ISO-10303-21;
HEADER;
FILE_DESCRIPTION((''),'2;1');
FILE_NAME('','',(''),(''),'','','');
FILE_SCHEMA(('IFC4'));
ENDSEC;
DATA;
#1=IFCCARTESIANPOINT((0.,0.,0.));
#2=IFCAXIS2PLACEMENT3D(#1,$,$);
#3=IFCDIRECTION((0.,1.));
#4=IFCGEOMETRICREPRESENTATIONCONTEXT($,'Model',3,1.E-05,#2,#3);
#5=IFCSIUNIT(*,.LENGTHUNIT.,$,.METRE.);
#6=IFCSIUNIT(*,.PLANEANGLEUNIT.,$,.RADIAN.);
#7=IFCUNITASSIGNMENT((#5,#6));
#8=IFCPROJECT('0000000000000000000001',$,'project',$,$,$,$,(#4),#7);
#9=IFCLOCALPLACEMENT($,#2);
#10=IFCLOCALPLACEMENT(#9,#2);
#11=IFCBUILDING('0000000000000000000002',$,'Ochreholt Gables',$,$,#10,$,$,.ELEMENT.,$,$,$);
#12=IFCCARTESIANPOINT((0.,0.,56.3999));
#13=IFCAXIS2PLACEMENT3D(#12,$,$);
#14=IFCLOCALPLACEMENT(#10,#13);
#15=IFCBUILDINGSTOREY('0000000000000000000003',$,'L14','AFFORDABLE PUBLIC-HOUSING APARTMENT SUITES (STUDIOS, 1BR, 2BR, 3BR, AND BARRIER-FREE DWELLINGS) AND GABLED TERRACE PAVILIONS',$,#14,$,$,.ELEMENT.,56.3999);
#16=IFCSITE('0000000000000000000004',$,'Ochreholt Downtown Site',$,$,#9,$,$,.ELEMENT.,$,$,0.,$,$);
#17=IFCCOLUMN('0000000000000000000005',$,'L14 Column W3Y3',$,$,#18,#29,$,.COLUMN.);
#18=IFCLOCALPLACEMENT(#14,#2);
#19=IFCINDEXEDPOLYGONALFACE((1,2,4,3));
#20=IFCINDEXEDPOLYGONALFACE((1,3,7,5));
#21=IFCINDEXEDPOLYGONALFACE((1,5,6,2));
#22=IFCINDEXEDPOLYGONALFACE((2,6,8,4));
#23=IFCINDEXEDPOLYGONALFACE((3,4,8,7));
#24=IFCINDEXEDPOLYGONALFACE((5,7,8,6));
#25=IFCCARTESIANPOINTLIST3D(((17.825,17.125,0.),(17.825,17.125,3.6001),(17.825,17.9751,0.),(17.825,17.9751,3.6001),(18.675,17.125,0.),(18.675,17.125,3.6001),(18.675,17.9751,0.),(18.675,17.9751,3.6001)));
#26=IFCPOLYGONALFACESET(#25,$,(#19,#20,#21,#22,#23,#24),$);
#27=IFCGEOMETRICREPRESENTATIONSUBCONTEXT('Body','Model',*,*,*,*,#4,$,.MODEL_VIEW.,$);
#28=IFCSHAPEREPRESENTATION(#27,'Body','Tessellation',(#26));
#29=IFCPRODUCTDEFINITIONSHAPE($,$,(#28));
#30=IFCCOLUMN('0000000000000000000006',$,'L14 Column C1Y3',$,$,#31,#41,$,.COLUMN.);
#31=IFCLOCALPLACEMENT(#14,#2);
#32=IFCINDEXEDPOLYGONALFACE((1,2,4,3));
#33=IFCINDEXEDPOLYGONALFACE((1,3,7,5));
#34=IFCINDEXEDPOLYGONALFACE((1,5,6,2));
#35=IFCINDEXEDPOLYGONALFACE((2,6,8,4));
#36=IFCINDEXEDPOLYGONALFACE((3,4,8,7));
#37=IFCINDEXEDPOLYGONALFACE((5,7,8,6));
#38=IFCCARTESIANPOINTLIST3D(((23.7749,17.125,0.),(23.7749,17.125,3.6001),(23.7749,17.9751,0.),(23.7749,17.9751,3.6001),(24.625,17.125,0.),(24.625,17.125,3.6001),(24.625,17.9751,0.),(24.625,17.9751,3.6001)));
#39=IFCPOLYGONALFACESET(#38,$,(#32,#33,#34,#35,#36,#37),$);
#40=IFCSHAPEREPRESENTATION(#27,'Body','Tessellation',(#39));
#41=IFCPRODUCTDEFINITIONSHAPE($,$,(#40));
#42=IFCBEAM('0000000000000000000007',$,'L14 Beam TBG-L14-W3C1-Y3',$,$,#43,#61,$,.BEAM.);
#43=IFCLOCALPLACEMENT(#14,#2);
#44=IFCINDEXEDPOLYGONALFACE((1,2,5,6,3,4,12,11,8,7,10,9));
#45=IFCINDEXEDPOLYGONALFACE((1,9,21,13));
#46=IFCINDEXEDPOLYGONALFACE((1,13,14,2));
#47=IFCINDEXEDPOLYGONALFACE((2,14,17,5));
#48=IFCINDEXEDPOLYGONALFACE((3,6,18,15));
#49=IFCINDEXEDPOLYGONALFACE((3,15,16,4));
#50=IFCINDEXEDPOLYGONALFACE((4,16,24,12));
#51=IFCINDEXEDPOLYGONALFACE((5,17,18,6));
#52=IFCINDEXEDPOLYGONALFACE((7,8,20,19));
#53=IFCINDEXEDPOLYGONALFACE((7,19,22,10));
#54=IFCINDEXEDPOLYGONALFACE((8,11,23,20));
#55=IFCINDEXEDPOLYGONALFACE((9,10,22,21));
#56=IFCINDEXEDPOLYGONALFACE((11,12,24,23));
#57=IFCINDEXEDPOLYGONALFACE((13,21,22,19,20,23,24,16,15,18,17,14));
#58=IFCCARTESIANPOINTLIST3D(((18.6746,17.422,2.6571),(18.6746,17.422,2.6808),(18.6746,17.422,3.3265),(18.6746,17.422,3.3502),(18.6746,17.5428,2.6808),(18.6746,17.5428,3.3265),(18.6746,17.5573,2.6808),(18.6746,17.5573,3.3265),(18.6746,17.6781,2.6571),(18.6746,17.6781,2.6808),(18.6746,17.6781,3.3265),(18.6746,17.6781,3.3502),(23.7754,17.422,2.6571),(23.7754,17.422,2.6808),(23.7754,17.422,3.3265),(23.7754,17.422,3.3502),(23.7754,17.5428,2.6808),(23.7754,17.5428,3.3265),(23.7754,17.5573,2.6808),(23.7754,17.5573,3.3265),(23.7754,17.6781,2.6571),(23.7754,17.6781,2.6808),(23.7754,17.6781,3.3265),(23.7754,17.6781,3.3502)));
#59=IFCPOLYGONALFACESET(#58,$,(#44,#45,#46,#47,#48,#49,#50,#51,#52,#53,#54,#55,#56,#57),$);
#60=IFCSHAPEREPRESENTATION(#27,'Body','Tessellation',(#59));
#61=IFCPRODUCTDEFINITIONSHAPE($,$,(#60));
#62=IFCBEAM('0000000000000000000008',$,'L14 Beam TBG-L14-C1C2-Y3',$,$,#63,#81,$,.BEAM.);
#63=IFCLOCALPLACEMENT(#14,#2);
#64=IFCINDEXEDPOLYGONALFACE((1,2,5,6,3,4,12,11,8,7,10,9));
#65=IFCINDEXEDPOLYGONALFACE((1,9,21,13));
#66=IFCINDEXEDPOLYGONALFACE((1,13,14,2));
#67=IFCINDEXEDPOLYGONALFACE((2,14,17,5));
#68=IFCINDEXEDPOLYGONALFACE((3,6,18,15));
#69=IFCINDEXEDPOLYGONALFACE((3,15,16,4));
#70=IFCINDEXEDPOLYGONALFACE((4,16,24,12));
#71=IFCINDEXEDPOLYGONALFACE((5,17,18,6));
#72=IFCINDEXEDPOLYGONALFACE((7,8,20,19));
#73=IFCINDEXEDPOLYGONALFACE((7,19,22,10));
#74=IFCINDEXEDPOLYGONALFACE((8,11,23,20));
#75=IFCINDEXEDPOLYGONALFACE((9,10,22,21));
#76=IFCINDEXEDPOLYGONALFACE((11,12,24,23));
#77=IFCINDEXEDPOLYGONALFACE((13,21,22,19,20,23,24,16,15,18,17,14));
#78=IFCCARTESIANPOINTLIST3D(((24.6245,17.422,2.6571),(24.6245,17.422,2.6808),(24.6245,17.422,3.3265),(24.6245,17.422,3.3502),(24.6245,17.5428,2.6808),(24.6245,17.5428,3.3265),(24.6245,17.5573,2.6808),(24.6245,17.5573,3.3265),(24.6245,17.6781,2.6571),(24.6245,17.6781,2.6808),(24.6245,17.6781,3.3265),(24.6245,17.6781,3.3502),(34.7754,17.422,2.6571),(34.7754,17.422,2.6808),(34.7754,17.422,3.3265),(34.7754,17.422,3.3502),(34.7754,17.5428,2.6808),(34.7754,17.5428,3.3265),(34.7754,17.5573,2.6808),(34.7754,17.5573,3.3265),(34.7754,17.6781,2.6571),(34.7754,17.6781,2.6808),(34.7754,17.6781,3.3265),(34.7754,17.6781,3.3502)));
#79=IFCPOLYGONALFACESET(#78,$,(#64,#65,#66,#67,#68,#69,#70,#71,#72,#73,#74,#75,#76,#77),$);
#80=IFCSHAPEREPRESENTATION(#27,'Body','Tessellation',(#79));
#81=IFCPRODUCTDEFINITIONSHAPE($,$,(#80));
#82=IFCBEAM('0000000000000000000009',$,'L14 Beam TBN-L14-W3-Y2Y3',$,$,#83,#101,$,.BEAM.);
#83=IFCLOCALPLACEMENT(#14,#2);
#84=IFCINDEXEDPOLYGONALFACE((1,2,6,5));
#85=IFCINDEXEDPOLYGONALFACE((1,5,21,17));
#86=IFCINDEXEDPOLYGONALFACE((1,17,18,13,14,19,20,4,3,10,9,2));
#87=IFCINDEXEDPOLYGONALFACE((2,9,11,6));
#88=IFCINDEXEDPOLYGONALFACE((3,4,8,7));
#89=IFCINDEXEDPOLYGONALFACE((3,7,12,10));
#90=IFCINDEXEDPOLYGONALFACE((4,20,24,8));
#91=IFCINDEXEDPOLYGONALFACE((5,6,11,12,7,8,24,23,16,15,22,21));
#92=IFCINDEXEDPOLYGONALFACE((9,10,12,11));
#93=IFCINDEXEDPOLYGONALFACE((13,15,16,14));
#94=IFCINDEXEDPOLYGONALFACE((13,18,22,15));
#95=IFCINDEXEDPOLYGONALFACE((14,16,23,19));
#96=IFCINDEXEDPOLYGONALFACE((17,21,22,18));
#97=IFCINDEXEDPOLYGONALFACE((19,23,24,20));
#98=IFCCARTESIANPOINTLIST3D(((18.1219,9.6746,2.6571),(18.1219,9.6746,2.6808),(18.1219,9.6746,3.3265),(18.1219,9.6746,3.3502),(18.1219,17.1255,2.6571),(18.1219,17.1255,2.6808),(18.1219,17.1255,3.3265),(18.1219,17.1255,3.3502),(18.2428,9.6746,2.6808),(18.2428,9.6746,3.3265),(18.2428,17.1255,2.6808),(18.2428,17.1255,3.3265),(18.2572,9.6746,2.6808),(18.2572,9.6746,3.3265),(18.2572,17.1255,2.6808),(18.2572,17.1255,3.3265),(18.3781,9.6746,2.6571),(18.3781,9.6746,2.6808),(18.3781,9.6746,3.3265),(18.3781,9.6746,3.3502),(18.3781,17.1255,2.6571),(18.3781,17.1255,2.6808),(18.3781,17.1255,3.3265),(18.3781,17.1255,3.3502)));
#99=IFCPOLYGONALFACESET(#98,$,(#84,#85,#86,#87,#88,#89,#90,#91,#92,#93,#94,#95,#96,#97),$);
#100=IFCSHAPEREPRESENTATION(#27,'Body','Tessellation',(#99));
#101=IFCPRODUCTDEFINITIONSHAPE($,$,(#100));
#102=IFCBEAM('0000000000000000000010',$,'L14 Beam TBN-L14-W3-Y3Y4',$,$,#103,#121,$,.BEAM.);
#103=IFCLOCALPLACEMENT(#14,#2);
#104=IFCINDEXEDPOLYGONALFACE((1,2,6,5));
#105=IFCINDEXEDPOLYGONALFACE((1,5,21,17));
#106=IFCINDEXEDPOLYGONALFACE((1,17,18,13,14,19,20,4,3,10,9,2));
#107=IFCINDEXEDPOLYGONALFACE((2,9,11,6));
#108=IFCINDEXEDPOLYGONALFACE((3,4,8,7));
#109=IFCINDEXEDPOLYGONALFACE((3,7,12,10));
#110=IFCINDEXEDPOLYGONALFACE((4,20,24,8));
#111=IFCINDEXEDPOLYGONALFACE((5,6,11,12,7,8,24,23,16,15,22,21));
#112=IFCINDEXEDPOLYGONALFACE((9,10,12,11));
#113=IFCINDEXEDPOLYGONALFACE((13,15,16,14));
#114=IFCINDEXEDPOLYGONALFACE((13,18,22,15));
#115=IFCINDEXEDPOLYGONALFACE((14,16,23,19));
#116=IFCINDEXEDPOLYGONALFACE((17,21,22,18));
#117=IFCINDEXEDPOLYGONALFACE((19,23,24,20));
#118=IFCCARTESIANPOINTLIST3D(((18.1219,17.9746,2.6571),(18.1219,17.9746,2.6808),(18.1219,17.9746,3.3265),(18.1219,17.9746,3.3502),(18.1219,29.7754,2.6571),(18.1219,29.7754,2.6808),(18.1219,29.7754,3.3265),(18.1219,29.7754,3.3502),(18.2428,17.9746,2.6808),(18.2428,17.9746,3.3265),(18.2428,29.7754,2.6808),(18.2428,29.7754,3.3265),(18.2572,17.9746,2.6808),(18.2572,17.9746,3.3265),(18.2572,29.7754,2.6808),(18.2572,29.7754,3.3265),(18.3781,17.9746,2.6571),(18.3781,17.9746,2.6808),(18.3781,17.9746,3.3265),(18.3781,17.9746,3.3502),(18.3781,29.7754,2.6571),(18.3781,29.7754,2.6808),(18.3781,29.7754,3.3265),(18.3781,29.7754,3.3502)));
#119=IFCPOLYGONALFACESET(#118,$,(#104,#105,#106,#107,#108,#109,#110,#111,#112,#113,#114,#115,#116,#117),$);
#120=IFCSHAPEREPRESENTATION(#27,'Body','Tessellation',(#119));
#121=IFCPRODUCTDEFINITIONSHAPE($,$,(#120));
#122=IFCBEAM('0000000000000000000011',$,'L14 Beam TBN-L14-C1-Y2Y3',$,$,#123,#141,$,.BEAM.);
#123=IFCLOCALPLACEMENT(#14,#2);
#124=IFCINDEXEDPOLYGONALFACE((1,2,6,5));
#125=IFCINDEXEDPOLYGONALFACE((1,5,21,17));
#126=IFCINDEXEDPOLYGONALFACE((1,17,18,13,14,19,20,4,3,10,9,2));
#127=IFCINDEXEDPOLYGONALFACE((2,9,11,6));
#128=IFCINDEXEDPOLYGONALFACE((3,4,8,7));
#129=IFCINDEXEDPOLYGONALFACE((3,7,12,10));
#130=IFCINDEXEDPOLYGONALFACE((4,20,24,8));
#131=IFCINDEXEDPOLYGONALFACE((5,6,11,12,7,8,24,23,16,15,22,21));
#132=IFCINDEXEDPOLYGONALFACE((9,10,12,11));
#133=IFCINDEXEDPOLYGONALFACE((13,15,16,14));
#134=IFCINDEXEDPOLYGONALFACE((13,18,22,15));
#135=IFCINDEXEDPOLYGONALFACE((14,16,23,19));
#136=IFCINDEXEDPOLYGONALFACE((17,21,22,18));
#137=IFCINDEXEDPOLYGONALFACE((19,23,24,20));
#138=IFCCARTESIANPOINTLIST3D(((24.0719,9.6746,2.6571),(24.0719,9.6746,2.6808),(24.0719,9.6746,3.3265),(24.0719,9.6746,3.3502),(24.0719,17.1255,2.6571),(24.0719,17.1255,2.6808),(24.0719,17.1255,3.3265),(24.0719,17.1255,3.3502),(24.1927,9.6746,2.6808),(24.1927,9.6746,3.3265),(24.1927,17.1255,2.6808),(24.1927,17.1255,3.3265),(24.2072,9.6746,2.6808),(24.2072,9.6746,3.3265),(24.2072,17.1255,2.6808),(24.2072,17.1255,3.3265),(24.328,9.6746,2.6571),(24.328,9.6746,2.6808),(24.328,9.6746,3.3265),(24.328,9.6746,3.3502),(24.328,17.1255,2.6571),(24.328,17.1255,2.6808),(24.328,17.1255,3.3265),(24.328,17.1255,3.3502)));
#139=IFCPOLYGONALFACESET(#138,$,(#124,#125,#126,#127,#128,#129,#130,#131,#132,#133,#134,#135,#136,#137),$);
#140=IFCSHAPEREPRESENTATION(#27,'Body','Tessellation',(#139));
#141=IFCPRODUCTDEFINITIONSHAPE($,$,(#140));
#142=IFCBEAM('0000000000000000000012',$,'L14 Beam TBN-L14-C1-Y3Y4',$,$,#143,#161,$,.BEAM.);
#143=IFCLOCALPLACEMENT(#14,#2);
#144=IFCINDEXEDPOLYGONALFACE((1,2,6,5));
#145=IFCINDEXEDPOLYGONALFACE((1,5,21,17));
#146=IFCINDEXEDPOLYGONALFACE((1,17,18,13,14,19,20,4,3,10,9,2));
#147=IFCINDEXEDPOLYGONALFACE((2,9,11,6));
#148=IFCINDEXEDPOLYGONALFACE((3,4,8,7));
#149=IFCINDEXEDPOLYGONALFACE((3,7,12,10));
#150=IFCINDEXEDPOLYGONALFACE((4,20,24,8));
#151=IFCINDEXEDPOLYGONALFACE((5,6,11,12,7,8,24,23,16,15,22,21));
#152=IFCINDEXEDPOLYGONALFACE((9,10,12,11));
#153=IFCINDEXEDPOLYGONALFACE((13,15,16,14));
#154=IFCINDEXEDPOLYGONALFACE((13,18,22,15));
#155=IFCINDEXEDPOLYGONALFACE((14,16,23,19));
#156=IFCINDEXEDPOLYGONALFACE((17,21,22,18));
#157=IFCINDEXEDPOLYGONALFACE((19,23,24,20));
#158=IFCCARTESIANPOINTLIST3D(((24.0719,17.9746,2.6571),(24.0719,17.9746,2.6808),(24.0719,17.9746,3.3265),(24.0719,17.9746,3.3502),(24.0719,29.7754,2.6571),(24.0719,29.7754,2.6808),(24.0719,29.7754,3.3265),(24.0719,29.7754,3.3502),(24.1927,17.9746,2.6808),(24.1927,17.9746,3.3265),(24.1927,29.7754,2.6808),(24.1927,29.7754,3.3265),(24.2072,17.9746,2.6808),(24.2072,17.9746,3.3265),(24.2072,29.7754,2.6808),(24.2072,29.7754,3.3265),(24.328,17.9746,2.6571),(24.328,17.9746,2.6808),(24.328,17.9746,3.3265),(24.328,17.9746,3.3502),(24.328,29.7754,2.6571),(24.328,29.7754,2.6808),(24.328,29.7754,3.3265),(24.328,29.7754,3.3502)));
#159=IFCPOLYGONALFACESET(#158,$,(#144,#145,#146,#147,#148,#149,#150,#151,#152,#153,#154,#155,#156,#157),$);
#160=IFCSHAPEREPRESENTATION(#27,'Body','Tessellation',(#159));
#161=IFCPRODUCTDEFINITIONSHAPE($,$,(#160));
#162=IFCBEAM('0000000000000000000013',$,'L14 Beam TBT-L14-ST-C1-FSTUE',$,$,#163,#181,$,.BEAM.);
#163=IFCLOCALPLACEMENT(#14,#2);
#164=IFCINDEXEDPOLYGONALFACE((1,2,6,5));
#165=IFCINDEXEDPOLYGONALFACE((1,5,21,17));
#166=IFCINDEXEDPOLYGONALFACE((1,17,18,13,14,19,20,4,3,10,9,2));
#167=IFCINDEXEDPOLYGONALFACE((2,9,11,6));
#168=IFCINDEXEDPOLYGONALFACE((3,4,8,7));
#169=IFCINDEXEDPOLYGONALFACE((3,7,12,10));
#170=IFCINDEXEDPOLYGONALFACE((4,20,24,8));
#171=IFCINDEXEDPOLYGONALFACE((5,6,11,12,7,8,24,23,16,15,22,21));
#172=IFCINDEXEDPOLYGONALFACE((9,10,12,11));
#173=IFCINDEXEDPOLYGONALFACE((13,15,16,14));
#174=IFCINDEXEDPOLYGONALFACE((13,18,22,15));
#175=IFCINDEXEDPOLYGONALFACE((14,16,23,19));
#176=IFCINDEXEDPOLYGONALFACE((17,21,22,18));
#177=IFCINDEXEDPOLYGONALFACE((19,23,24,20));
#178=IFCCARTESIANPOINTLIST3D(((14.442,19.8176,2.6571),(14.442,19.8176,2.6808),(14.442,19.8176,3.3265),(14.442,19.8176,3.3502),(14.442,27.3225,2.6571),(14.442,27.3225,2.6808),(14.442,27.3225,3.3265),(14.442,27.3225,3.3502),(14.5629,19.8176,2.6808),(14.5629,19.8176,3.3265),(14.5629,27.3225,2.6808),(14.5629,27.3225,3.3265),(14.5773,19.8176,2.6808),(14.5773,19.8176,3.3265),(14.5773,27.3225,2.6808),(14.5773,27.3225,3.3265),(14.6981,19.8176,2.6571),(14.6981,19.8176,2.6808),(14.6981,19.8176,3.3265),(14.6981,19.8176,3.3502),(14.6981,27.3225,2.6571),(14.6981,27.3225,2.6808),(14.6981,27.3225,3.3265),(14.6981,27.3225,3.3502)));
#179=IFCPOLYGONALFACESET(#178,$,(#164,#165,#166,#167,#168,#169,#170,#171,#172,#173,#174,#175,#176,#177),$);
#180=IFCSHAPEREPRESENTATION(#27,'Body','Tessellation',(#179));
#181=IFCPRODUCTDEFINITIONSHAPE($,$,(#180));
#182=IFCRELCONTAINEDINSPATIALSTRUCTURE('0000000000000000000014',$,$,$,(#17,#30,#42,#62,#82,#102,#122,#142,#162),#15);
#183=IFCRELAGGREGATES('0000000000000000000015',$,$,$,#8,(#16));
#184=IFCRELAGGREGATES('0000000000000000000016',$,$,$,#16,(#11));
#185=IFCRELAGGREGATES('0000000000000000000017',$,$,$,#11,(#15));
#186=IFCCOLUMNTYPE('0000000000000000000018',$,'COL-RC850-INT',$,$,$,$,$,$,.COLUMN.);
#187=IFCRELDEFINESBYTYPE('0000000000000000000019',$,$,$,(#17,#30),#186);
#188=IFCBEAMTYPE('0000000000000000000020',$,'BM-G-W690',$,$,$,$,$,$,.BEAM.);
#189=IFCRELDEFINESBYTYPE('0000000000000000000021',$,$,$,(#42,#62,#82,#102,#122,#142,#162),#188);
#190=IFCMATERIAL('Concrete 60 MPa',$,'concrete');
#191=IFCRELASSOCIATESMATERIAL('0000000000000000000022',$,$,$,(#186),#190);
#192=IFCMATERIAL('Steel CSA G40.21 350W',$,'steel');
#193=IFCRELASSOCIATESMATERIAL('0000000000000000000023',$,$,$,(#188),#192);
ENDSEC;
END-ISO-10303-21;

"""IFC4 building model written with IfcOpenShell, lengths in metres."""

from ifc_helpers import new_model, si_unit, direction, frame, origin, origin_2d, place, context, subcontext, project, spatial, rectangle, i_section, extrude, material, material_profile, profile_set, type_object, element, save


model = new_model("IFC4")

# Units and contexts
model_context = context("Model", 3, precision=1e-05, world=origin(), true_north=direction((0.0, 1.0)))
body_context = subcontext(model_context, "Body", "Model", "MODEL_VIEW")
ifc_project = project(units=[si_unit("LENGTHUNIT", "METRE"), si_unit("PLANEANGLEUNIT", "RADIAN")], contexts=[model_context])

# Site, building, storey
site_placement = place(None, origin())
site = spatial("IfcSite", under=ifc_project, at=site_placement, Name="Ochreholt Downtown Site", CompositionType="ELEMENT", RefElevation=0.0)
building_placement = place(site_placement, origin())
building = spatial("IfcBuilding", under=site, at=building_placement, Name="Ochreholt Gables", CompositionType="ELEMENT")
storey_placement = place(building_placement, frame((0.0, 0.0, 56.3999)))
storey = spatial("IfcBuildingStorey", under=building, at=storey_placement, Name="L14", Description="AFFORDABLE PUBLIC-HOUSING APARTMENT SUITES (STUDIOS, 1BR, 2BR, 3BR, AND BARRIER-FREE DWELLINGS) AND GABLED TERRACE PAVILIONS", CompositionType="ELEMENT", Elevation=56.3999)

# Columns
ifc_material_1 = material(Name="Concrete 60 MPa", Category="concrete")
ifc_material_profile_1 = material_profile(ifc_material_1, rectangle(XDim=0.8501, YDim=0.8501, at=origin_2d()), Name="RC850X850")
ifc_profile_set_1 = profile_set([ifc_material_profile_1], Name="Concrete 60 MPa")
column_type = type_object("IfcColumnType", Name="COL-RC850-INT", PredefinedType="COLUMN", material=ifc_profile_set_1)
for number, where, z_axis, x_axis, name in (
    (1, (18.25, 17.55, 0.0), (0.0, 0.0, 1.0), (1.0, 0.0, 0.0), "L14 Column W3Y3"),
    (2, (24.2, 17.55, 0.0), (0.0, 0.0, 1.0), (1.0, 0.0, 0.0), "L14 Column C1Y3"),
):
    element("IfcColumn", number, at=place(storey_placement, frame(where, z_axis=z_axis, x_axis=x_axis)), inside=storey, type_object=column_type, Name=name, PredefinedType="COLUMN", context=body_context, shape_type="SweptSolid", body=[
        extrude(rectangle(XDim=0.8501, YDim=0.8501, at=origin_2d()), origin(), (0.0, 0.0, 1.0), 3.6001),
    ])

# Beams
ifc_material_2 = material(Name="Steel CSA G40.21 350W", Category="steel")
ifc_material_profile_2 = material_profile(ifc_material_2, i_section(OverallWidth=0.2561, OverallDepth=0.6931, WebThickness=0.0144, FlangeThickness=0.0237, at=origin_2d()), Name="W690X170")
ifc_profile_set_2 = profile_set([ifc_material_profile_2], Name="Steel CSA G40.21 350W")
beam_type_1 = type_object("IfcBeamType", Name="BM-G-W690", PredefinedType="BEAM", material=ifc_profile_set_2)
beam_1_placement = place(storey_placement, frame((18.6746, 17.55, 3.0037), z_axis=(1.0, 0.0, 0.0), x_axis=(0.0, 1.0, 0.0)))
element("IfcBeam", 3, at=beam_1_placement, inside=storey, type_object=beam_type_1, Name="L14 Beam TBG-L14-W3C1-Y3", PredefinedType="BEAM", context=body_context, shape_type="SweptSolid", body=[
    extrude(i_section(OverallWidth=0.2561, OverallDepth=0.6931, WebThickness=0.0144, FlangeThickness=0.0237, at=origin_2d()), origin(), (0.0, 0.0, 1.0), 5.1008),
])
beam_2_placement = place(storey_placement, frame((24.6245, 17.55, 3.0037), z_axis=(1.0, 0.0, 0.0), x_axis=(0.0, 1.0, 0.0)))
element("IfcBeam", 4, at=beam_2_placement, inside=storey, type_object=beam_type_1, Name="L14 Beam TBG-L14-C1C2-Y3", PredefinedType="BEAM", context=body_context, shape_type="SweptSolid", body=[
    extrude(i_section(OverallWidth=0.2561, OverallDepth=0.6931, WebThickness=0.0144, FlangeThickness=0.0237, at=origin_2d()), origin(), (0.0, 0.0, 1.0), 10.1509),
])
beam_3_placement = place(storey_placement, frame((18.25, 9.6746, 3.0037), z_axis=(0.0, 1.0, 0.0), x_axis=(-1.0, 0.0, 0.0)))
element("IfcBeam", 5, at=beam_3_placement, inside=storey, type_object=beam_type_1, Name="L14 Beam TBN-L14-W3-Y2Y3", PredefinedType="BEAM", context=body_context, shape_type="SweptSolid", body=[
    extrude(i_section(OverallWidth=0.2561, OverallDepth=0.6931, WebThickness=0.0144, FlangeThickness=0.0237, at=origin_2d()), origin(), (0.0, 0.0, 1.0), 7.4509),
])
beam_4_placement = place(storey_placement, frame((18.25, 17.9746, 3.0037), z_axis=(0.0, 1.0, 0.0), x_axis=(-1.0, 0.0, 0.0)))
element("IfcBeam", 6, at=beam_4_placement, inside=storey, type_object=beam_type_1, Name="L14 Beam TBN-L14-W3-Y3Y4", PredefinedType="BEAM", context=body_context, shape_type="SweptSolid", body=[
    extrude(i_section(OverallWidth=0.2561, OverallDepth=0.6931, WebThickness=0.0144, FlangeThickness=0.0237, at=origin_2d()), origin(), (0.0, 0.0, 1.0), 11.8008),
])
beam_5_placement = place(storey_placement, frame((24.2, 9.6746, 3.0037), z_axis=(0.0, 1.0, 0.0), x_axis=(-1.0, 0.0, 0.0)))
element("IfcBeam", 7, at=beam_5_placement, inside=storey, type_object=beam_type_1, Name="L14 Beam TBN-L14-C1-Y2Y3", PredefinedType="BEAM", context=body_context, shape_type="SweptSolid", body=[
    extrude(i_section(OverallWidth=0.2561, OverallDepth=0.6931, WebThickness=0.0144, FlangeThickness=0.0237, at=origin_2d()), origin(), (0.0, 0.0, 1.0), 7.4509),
])
beam_6_placement = place(storey_placement, frame((24.2, 17.9746, 3.0037), z_axis=(0.0, 1.0, 0.0), x_axis=(-1.0, 0.0, 0.0)))
element("IfcBeam", 8, at=beam_6_placement, inside=storey, type_object=beam_type_1, Name="L14 Beam TBN-L14-C1-Y3Y4", PredefinedType="BEAM", context=body_context, shape_type="SweptSolid", body=[
    extrude(i_section(OverallWidth=0.2561, OverallDepth=0.6931, WebThickness=0.0144, FlangeThickness=0.0237, at=origin_2d()), origin(), (0.0, 0.0, 1.0), 11.8008),
])
beam_7_placement = place(storey_placement, frame((14.5701, 19.8176, 3.0037), z_axis=(0.0, 1.0, 0.0), x_axis=(-1.0, 0.0, 0.0)))
element("IfcBeam", 9, at=beam_7_placement, inside=storey, type_object=beam_type_1, Name="L14 Beam TBT-L14-ST-C1-FSTUE", PredefinedType="BEAM", context=body_context, shape_type="SweptSolid", body=[
    extrude(i_section(OverallWidth=0.2561, OverallDepth=0.6931, WebThickness=0.0144, FlangeThickness=0.0237, at=origin_2d()), origin(), (0.0, 0.0, 1.0), 7.5049),
])

save(model, "model.ifc")
